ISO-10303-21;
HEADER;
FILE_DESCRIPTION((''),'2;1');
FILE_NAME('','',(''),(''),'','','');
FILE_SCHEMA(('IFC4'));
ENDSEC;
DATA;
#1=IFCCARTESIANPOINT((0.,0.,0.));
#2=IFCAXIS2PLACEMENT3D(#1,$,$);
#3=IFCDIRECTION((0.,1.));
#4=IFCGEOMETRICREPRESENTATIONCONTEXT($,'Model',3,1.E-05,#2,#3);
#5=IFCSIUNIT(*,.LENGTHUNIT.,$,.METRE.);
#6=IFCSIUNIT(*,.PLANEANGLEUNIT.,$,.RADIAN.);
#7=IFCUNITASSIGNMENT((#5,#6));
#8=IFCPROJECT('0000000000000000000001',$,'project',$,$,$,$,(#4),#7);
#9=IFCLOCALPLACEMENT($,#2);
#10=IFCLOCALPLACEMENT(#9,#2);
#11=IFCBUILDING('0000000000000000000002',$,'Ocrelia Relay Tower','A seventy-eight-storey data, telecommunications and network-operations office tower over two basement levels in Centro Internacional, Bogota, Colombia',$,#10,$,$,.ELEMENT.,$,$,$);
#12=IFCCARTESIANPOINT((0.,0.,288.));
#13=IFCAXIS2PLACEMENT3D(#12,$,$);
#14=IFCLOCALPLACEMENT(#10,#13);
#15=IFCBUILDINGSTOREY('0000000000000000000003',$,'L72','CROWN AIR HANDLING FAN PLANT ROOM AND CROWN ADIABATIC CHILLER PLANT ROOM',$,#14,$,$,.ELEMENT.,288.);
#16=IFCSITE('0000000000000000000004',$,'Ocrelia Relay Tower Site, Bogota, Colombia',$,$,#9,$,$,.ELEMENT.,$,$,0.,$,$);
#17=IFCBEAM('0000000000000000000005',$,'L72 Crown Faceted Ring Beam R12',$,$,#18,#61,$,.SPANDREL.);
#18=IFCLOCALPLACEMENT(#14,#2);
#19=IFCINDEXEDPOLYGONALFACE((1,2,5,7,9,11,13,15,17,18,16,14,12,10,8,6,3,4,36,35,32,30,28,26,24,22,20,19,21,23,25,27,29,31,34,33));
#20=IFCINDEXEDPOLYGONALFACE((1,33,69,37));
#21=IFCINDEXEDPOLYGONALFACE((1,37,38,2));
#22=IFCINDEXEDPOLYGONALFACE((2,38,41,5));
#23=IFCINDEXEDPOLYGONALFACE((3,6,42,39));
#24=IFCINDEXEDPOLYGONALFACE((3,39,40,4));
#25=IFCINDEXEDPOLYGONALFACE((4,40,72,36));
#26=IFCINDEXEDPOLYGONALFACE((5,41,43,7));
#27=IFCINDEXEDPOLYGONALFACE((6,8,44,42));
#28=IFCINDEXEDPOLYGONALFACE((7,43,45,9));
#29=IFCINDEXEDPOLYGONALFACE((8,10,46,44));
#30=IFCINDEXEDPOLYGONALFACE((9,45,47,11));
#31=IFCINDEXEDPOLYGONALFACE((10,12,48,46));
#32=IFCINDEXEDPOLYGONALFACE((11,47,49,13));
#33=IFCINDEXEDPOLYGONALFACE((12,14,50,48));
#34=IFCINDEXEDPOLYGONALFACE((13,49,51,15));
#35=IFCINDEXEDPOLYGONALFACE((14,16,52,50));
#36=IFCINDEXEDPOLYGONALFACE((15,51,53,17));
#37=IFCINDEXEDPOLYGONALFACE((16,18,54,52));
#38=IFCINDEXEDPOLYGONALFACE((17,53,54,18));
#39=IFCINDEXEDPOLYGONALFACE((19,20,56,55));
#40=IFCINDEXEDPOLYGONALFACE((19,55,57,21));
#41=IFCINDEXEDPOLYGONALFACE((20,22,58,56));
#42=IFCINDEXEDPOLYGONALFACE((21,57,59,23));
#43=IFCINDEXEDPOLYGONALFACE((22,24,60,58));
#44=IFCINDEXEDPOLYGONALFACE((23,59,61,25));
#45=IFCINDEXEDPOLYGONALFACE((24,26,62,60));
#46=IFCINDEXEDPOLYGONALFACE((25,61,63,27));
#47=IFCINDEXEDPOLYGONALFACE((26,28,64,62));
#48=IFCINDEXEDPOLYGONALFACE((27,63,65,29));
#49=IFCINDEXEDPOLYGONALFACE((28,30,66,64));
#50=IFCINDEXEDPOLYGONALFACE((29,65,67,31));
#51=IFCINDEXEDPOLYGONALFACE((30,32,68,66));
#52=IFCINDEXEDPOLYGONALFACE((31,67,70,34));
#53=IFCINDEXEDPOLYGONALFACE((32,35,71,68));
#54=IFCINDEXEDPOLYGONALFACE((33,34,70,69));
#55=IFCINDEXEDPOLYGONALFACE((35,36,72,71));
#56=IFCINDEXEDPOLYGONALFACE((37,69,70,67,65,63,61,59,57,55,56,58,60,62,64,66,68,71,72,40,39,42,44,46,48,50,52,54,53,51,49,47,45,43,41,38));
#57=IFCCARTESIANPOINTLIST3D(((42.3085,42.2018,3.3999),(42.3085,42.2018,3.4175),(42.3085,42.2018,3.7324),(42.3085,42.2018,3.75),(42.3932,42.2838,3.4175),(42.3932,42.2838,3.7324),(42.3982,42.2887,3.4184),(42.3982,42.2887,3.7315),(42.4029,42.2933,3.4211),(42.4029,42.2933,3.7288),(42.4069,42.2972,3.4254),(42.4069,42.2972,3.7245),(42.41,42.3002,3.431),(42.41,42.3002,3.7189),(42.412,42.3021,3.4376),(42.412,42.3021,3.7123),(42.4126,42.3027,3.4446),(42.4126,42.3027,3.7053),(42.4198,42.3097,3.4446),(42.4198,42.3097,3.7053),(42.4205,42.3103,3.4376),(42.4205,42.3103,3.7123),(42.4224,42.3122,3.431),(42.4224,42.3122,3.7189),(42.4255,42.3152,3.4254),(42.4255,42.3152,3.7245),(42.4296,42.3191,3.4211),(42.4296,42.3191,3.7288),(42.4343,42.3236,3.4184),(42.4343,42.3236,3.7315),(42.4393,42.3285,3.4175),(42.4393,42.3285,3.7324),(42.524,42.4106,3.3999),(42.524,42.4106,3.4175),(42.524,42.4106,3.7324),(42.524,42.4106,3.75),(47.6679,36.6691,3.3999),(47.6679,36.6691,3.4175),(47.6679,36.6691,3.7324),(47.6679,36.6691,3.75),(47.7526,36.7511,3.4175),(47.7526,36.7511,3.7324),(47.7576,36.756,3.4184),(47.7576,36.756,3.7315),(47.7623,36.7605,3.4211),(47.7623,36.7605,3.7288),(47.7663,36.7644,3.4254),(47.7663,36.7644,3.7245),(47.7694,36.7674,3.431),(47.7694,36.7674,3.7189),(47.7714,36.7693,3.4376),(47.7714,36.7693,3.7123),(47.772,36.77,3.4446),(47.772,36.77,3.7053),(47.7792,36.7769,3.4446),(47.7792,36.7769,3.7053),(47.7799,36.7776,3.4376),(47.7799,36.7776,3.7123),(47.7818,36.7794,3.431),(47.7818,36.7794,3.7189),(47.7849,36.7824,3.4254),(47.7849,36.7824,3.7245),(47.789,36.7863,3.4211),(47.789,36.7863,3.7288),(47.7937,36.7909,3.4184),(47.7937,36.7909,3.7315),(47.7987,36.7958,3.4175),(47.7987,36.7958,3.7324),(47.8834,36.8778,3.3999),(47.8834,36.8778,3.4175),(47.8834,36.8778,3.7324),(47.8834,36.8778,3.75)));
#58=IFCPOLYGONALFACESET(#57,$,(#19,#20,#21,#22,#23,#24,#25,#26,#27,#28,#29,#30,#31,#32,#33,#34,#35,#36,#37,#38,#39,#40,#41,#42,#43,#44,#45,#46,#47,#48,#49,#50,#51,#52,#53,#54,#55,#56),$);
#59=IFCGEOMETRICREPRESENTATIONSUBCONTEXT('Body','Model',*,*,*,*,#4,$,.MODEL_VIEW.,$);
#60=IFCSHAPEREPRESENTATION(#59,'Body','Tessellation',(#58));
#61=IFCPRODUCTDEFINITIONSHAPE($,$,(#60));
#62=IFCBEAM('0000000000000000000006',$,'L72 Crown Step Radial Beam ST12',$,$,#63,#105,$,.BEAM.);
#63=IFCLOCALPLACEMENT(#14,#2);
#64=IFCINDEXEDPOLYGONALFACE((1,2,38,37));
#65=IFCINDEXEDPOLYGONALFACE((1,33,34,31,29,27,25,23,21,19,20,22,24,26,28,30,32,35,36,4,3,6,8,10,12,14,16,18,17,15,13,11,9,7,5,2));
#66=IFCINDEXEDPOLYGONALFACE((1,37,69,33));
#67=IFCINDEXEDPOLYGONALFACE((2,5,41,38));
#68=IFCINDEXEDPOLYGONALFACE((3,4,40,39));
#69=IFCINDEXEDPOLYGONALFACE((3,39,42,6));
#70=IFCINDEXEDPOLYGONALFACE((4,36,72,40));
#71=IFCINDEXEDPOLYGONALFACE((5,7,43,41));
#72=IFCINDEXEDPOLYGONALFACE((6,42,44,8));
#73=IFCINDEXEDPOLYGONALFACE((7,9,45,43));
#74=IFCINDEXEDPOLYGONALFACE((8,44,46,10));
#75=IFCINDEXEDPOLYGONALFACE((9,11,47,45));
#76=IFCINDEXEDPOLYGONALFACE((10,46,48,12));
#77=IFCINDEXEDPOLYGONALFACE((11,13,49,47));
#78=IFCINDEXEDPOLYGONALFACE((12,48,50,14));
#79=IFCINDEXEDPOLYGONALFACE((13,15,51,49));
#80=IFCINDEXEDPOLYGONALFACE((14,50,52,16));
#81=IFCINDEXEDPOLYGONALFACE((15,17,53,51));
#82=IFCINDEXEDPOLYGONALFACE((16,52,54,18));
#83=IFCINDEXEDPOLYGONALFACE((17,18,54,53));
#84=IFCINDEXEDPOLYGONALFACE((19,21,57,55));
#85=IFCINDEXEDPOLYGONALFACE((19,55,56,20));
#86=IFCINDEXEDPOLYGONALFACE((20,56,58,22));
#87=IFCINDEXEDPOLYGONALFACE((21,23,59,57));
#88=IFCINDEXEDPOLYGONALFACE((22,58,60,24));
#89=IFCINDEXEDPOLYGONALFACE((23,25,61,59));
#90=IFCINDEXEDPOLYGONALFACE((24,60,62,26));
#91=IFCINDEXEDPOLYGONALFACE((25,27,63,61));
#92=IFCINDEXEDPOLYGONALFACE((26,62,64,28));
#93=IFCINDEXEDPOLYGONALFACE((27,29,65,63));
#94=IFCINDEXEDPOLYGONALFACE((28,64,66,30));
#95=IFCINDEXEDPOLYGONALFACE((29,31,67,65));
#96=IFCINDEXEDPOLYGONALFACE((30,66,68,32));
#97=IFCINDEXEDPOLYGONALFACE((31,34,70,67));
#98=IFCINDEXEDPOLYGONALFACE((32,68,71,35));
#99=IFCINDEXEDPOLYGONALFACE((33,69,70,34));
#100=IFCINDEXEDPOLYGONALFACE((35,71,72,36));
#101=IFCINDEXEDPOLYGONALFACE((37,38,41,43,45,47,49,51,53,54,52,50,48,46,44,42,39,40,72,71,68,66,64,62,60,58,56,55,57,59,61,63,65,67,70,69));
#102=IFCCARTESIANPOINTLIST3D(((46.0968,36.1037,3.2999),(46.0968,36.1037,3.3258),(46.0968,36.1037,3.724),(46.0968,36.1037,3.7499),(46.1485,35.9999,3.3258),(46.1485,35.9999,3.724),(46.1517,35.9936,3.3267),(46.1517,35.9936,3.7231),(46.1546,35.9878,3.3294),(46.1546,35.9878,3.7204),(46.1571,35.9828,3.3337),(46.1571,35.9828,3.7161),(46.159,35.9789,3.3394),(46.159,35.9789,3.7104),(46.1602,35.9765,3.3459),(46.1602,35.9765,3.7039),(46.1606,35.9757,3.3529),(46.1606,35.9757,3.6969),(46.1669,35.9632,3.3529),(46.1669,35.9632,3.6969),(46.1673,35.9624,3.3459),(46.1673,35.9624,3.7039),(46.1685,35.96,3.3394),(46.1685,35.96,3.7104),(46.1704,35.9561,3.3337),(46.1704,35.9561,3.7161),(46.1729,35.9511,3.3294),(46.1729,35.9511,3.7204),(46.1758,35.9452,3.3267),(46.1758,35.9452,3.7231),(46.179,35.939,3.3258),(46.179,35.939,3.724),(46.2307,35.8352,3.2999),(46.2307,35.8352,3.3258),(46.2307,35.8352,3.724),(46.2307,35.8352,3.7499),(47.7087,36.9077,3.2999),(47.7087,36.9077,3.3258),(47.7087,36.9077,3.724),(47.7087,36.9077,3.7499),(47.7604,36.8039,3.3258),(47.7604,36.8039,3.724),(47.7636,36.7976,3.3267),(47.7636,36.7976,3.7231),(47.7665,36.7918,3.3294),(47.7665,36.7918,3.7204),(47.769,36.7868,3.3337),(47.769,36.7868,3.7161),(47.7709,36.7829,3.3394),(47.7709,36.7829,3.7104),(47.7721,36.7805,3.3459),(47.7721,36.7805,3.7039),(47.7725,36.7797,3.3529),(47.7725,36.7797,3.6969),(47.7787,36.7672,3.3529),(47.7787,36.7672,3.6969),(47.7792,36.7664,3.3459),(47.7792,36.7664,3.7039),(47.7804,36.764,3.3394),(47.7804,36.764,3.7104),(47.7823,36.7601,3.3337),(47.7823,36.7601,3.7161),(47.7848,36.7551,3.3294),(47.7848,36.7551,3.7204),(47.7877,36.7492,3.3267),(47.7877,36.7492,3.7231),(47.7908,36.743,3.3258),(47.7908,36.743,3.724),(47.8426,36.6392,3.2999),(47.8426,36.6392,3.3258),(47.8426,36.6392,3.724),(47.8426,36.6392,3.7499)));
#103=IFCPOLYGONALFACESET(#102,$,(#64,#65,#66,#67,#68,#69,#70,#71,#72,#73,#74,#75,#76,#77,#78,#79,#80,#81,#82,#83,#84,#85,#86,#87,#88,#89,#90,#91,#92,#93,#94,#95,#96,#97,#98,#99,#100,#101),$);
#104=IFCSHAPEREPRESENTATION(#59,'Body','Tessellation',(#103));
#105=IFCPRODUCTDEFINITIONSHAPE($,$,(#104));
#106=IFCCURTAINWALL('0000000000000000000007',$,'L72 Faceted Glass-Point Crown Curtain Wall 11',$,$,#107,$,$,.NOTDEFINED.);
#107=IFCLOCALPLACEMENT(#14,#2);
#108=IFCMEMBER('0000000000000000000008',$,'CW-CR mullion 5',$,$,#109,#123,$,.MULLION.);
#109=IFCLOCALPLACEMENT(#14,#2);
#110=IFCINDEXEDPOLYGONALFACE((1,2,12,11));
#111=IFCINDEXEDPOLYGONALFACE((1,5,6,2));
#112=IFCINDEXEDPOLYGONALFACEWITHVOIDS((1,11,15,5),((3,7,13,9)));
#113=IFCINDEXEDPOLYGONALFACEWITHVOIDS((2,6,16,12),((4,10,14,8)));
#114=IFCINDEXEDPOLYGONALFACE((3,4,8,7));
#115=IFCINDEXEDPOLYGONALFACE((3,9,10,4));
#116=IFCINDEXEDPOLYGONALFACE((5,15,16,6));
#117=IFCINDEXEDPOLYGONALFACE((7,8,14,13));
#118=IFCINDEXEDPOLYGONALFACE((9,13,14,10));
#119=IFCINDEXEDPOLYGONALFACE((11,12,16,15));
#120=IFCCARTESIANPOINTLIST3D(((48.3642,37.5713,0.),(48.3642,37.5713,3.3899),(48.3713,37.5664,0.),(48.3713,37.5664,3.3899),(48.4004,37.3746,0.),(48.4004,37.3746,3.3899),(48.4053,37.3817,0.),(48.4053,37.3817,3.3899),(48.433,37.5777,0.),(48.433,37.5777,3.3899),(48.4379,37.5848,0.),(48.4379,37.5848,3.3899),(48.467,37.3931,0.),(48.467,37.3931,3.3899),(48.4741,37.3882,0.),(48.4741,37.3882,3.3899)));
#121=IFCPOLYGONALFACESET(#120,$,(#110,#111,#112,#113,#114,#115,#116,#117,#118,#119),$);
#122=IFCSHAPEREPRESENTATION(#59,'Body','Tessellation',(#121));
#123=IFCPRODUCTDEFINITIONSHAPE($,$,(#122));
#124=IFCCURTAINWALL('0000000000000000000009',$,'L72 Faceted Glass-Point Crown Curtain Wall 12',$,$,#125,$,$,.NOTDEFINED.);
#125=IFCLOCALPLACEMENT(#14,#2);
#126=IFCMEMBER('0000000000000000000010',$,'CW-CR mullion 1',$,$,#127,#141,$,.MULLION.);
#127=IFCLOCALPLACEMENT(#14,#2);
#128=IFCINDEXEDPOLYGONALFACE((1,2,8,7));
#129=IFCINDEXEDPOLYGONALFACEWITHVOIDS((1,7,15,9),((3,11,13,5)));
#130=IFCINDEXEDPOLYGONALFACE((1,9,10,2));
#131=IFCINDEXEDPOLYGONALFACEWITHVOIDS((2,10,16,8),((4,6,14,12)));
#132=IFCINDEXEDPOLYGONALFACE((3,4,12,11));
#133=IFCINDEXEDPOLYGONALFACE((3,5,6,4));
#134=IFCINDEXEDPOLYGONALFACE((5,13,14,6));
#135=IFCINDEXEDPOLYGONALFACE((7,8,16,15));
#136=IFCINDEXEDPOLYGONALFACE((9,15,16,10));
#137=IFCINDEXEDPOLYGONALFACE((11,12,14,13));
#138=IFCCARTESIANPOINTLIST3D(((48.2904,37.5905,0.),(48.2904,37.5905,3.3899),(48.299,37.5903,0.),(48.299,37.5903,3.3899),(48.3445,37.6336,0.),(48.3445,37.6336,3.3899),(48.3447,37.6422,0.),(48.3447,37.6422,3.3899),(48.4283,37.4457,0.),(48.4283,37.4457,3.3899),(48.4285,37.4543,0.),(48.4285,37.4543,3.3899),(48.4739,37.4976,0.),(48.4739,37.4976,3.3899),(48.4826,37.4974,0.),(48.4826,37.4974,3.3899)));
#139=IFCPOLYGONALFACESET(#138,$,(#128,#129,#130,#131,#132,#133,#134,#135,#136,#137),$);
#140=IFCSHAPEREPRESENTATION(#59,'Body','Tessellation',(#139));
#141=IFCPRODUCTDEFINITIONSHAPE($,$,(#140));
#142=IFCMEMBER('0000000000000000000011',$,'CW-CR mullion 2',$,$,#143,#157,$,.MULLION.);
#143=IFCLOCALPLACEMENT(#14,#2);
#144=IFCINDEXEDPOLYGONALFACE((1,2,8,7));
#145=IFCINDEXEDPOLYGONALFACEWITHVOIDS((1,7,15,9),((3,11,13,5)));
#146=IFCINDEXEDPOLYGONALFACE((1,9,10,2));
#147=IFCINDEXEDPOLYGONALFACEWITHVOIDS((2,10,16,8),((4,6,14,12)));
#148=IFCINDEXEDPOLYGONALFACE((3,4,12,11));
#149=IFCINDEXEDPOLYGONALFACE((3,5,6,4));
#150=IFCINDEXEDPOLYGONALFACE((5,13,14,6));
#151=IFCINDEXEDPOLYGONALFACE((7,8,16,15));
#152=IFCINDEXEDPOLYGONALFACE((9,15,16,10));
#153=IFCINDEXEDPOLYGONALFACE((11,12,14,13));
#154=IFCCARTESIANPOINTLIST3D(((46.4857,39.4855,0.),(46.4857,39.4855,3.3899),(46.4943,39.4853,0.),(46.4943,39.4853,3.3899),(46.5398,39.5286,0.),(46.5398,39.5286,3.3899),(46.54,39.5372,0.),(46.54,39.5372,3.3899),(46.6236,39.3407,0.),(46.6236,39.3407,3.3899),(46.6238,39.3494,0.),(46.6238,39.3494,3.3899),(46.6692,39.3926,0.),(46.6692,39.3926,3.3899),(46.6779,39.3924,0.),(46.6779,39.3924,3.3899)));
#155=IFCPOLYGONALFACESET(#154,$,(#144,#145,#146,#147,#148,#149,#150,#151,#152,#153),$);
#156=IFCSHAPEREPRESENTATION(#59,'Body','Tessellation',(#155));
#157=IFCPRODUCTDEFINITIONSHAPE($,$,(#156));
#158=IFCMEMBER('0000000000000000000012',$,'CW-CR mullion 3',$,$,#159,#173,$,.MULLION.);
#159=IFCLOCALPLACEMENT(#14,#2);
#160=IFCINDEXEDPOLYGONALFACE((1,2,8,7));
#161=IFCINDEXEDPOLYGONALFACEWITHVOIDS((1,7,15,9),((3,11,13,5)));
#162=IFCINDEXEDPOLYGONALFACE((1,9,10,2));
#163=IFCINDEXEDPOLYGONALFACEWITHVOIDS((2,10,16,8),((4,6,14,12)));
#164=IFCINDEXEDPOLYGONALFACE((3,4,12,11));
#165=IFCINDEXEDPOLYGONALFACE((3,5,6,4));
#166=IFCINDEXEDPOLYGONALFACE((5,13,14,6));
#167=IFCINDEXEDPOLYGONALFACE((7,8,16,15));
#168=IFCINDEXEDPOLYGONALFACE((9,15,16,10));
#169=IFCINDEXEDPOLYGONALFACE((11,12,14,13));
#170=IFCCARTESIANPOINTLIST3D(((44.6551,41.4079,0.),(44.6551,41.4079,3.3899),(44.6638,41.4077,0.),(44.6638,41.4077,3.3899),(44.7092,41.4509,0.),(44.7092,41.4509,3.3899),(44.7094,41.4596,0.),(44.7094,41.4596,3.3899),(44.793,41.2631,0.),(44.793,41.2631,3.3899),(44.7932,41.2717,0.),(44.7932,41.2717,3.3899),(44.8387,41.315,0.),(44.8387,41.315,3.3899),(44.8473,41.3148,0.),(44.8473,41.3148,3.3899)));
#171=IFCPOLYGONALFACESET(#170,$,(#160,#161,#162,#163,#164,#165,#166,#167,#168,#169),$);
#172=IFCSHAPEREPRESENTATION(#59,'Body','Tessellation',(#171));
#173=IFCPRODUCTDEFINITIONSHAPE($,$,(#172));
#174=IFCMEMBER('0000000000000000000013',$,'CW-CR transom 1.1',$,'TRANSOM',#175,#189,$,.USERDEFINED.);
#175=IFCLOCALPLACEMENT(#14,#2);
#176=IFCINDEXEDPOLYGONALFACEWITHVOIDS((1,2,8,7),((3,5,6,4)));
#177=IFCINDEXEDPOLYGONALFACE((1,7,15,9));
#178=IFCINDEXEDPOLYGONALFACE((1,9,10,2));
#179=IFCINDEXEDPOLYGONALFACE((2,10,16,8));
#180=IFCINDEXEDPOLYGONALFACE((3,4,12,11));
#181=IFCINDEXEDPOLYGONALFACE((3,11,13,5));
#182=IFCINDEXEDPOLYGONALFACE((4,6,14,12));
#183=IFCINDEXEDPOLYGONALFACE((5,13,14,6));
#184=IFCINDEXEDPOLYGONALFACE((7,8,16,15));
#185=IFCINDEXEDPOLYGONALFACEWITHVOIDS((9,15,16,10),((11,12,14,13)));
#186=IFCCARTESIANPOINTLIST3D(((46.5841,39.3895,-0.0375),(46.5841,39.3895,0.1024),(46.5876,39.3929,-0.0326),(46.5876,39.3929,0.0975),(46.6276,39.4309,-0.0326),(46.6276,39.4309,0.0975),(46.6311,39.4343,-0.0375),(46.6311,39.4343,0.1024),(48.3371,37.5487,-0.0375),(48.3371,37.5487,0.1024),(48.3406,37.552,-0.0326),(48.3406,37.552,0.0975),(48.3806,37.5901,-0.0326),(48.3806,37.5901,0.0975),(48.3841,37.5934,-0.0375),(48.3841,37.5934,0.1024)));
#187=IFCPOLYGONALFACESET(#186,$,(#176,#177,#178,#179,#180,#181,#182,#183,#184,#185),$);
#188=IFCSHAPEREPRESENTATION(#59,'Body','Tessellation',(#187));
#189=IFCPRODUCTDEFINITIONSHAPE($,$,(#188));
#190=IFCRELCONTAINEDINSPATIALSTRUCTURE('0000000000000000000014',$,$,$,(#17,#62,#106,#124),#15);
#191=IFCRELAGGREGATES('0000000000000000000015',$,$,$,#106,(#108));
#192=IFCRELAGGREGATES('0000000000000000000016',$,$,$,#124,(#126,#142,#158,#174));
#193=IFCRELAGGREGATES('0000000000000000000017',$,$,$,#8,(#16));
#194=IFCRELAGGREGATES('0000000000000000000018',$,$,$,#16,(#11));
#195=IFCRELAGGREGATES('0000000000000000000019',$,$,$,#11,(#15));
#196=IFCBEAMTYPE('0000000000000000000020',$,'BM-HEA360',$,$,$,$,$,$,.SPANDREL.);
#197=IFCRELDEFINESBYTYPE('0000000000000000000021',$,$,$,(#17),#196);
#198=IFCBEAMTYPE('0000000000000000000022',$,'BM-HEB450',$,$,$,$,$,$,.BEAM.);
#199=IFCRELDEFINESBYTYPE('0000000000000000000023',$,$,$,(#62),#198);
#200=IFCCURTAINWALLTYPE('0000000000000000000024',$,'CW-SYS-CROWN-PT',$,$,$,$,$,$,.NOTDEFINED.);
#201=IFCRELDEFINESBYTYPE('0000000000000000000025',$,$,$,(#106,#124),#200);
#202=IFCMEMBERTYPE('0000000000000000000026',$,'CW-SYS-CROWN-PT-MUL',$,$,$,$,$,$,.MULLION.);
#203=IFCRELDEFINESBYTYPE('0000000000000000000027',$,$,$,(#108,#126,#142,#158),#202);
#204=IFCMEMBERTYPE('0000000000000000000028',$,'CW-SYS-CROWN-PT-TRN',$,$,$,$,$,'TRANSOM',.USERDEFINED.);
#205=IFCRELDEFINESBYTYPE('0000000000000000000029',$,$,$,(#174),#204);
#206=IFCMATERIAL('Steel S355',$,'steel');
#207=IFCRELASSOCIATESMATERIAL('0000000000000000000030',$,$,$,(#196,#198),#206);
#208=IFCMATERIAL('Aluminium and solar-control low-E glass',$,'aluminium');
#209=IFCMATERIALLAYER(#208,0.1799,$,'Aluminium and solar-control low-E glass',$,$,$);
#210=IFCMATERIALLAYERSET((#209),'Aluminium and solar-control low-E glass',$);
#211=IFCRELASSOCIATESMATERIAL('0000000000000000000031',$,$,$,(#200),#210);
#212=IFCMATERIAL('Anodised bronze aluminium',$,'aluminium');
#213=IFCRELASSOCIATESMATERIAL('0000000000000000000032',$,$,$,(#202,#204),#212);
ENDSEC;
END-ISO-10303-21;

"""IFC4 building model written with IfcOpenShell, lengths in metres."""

from ifc_helpers import new_model, si_unit, direction, frame, origin, origin_2d, place, context, subcontext, project, spatial, hollow_rectangle, i_section, extrude, material, layer, layer_set, material_profile, profile_set, type_object, element, aggregate, save


model = new_model("IFC4")

# Units and contexts
model_context = context("Model", 3, precision=1e-05, world=origin(), true_north=direction((0.0, 1.0)))
body_context = subcontext(model_context, "Body", "Model", "MODEL_VIEW")
ifc_project = project(units=[si_unit("LENGTHUNIT", "METRE"), si_unit("PLANEANGLEUNIT", "RADIAN")], contexts=[model_context])

# Site, building, storey
site_placement = place(None, origin())
site = spatial("IfcSite", under=ifc_project, at=site_placement, Name="Ocrelia Relay Tower Site, Bogota, Colombia", CompositionType="ELEMENT", RefElevation=0.0)
building_placement = place(site_placement, origin())
building = spatial("IfcBuilding", under=site, at=building_placement, Name="Ocrelia Relay Tower", Description="A seventy-eight-storey data, telecommunications and network-operations office tower over two basement levels in Centro Internacional, Bogota, Colombia", CompositionType="ELEMENT")
storey_placement = place(building_placement, frame((0.0, 0.0, 288.0)))
storey = spatial("IfcBuildingStorey", under=building, at=storey_placement, Name="L72", Description="CROWN AIR HANDLING FAN PLANT ROOM AND CROWN ADIABATIC CHILLER PLANT ROOM", CompositionType="ELEMENT", Elevation=288.0)

# Beams
ifc_material_1 = material(Name="Steel S355", Category="steel")
ifc_material_profile_1 = material_profile(ifc_material_1, i_section(OverallWidth=0.3, OverallDepth=0.3501, WebThickness=0.01, FlangeThickness=0.0176, FilletRadius=0.0271, at=origin_2d()), Name="HEA 360")
ifc_profile_set_1 = profile_set([ifc_material_profile_1], Name="Steel S355")
beam_type_1 = type_object("IfcBeamType", Name="BM-HEA360", PredefinedType="SPANDREL", material=ifc_profile_set_1)
beam_1_placement = place(storey_placement, frame((47.7756, 36.7734, 3.575), z_axis=(-0.695766, 0.718269, 0.0), x_axis=(-0.718269, -0.695766, 0.0)))
element("IfcBeam", 1, at=beam_1_placement, inside=storey, type_object=beam_type_1, Name="L72 Crown Faceted Ring Beam R12", PredefinedType="SPANDREL", context=body_context, shape_type="SweptSolid", body=[
    extrude(i_section(OverallWidth=0.3, OverallDepth=0.3501, WebThickness=0.01, FlangeThickness=0.0176, FilletRadius=0.0271, at=origin_2d()), origin(), (0.0, 0.0, 1.0), 7.7029),
])
ifc_material_profile_2 = material_profile(ifc_material_1, i_section(OverallWidth=0.3, OverallDepth=0.45, WebThickness=0.0139, FlangeThickness=0.0259, FilletRadius=0.0271, at=origin_2d()), Name="HEB 450")
ifc_profile_set_2 = profile_set([ifc_material_profile_2], Name="Steel S355")
beam_type_2 = type_object("IfcBeamType", Name="BM-HEB450", PredefinedType="BEAM", material=ifc_profile_set_2)
beam_2_placement = place(storey_placement, frame((47.7756, 36.7734, 3.5249), z_axis=(-0.894861, -0.446346, 0.0), x_axis=(0.446346, -0.894861, 0.0)))
element("IfcBeam", 2, at=beam_2_placement, inside=storey, type_object=beam_type_2, Name="L72 Crown Step Radial Beam ST12", PredefinedType="BEAM", context=body_context, shape_type="SweptSolid", body=[
    extrude(i_section(OverallWidth=0.3, OverallDepth=0.45, WebThickness=0.0139, FlangeThickness=0.0259, FilletRadius=0.0271, at=origin_2d()), origin(), (0.0, 0.0, 1.0), 1.8013),
])

# Curtain wall, member
ifc_material_2 = material(Name="Aluminium and solar-control low-E glass", Category="aluminium")
ifc_layer_1 = layer(ifc_material_2, 0.1799, Name="Aluminium and solar-control low-E glass")
ifc_layer_set_1 = layer_set([ifc_layer_1], Name="Aluminium and solar-control low-E glass")
curtain_wall_type = type_object("IfcCurtainWallType", Name="CW-SYS-CROWN-PT", PredefinedType="NOTDEFINED", material=ifc_layer_set_1)
curtain_wall_1_placement = place(storey_placement, origin())
curtain_wall_1 = element("IfcCurtainWall", 3, at=curtain_wall_1_placement, inside=storey, type_object=curtain_wall_type, Name="L72 Faceted Glass-Point Crown Curtain Wall 11", PredefinedType="NOTDEFINED")
ifc_material_3 = material(Name="Anodised bronze aluminium", Category="aluminium")
ifc_material_profile_3 = material_profile(ifc_material_3, hollow_rectangle(XDim=0.075, YDim=0.2, WallThickness=0.0061, at=origin_2d()), Name="CW-MUL-200x75")
ifc_profile_set_3 = profile_set([ifc_material_profile_3], Name="Anodised bronze aluminium")
member_type_1 = type_object("IfcMemberType", Name="CW-SYS-CROWN-PT-MUL", PredefinedType="MULLION", material=ifc_profile_set_3)
member_1_placement = place(storey_placement, frame((48.4192, 37.4797, 0.0), z_axis=(0.0, 0.0, 1.0), x_axis=(-0.983471, -0.181068, 0.0)))
member_1 = element("IfcMember", 4, at=member_1_placement, type_object=member_type_1, Name="CW-CR mullion 5", PredefinedType="MULLION", context=body_context, shape_type="SweptSolid", body=[
    extrude(hollow_rectangle(XDim=0.075, YDim=0.2, WallThickness=0.0061, at=origin_2d()), origin(), (0.0, 0.0, 1.0), 3.3899),
])

# Curtain wall, members
curtain_wall_2_placement = place(storey_placement, origin())
curtain_wall_2 = element("IfcCurtainWall", 5, at=curtain_wall_2_placement, inside=storey, type_object=curtain_wall_type, Name="L72 Faceted Glass-Point Crown Curtain Wall 12", PredefinedType="NOTDEFINED")
member_2_placement = place(storey_placement, frame((48.3865, 37.5439, 0.0), z_axis=(0.0, 0.0, 1.0), x_axis=(-0.724175, -0.689617, 0.0)))
member_2 = element("IfcMember", 6, at=member_2_placement, type_object=member_type_1, Name="CW-CR mullion 1", PredefinedType="MULLION", context=body_context, shape_type="SweptSolid", body=[
    extrude(hollow_rectangle(XDim=0.075, YDim=0.2, WallThickness=0.0061, at=origin_2d()), origin(), (0.0, 0.0, 1.0), 3.3899),
])
member_3_placement = place(storey_placement, frame((46.5818, 39.439, 0.0), z_axis=(0.0, 0.0, 1.0), x_axis=(-0.724175, -0.689617, 0.0)))
member_3 = element("IfcMember", 7, at=member_3_placement, type_object=member_type_1, Name="CW-CR mullion 2", PredefinedType="MULLION", context=body_context, shape_type="SweptSolid", body=[
    extrude(hollow_rectangle(XDim=0.075, YDim=0.2, WallThickness=0.0061, at=origin_2d()), origin(), (0.0, 0.0, 1.0), 3.3899),
])
member_4_placement = place(storey_placement, frame((44.7512, 41.3613, 0.0), z_axis=(0.0, 0.0, 1.0), x_axis=(-0.724175, -0.689617, 0.0)))
member_4 = element("IfcMember", 8, at=member_4_placement, type_object=member_type_1, Name="CW-CR mullion 3", PredefinedType="MULLION", context=body_context, shape_type="SweptSolid", body=[
    extrude(hollow_rectangle(XDim=0.075, YDim=0.2, WallThickness=0.0061, at=origin_2d()), origin(), (0.0, 0.0, 1.0), 3.3899),
])
ifc_material_profile_4 = material_profile(ifc_material_3, hollow_rectangle(XDim=0.0649, YDim=0.1399, WallThickness=0.0049, at=origin_2d()), Name="CW-TRN-140x65")
ifc_profile_set_4 = profile_set([ifc_material_profile_4], Name="Anodised bronze aluminium")
member_type_2 = type_object("IfcMemberType", Name="CW-SYS-CROWN-PT-TRN", ElementType="TRANSOM", PredefinedType="USERDEFINED", material=ifc_profile_set_4)
member_5_placement = place(storey_placement, frame((48.3606, 37.571, 0.0325), z_axis=(-0.689607, 0.724184, 0.0), x_axis=(-0.724184, -0.689607, 0.0)))
member_5 = element("IfcMember", 9, at=member_5_placement, type_object=member_type_2, Name="CW-CR transom 1.1", ObjectType="TRANSOM", PredefinedType="USERDEFINED", context=body_context, shape_type="SweptSolid", body=[
    extrude(hollow_rectangle(XDim=0.0649, YDim=0.1399, WallThickness=0.0049, at=origin_2d()), origin(), (0.0, 0.0, 1.0), 2.542),
])

aggregate(curtain_wall_1, [member_1])
aggregate(curtain_wall_2, [member_2, member_3, member_4, member_5])

save(model, "model.ifc")
